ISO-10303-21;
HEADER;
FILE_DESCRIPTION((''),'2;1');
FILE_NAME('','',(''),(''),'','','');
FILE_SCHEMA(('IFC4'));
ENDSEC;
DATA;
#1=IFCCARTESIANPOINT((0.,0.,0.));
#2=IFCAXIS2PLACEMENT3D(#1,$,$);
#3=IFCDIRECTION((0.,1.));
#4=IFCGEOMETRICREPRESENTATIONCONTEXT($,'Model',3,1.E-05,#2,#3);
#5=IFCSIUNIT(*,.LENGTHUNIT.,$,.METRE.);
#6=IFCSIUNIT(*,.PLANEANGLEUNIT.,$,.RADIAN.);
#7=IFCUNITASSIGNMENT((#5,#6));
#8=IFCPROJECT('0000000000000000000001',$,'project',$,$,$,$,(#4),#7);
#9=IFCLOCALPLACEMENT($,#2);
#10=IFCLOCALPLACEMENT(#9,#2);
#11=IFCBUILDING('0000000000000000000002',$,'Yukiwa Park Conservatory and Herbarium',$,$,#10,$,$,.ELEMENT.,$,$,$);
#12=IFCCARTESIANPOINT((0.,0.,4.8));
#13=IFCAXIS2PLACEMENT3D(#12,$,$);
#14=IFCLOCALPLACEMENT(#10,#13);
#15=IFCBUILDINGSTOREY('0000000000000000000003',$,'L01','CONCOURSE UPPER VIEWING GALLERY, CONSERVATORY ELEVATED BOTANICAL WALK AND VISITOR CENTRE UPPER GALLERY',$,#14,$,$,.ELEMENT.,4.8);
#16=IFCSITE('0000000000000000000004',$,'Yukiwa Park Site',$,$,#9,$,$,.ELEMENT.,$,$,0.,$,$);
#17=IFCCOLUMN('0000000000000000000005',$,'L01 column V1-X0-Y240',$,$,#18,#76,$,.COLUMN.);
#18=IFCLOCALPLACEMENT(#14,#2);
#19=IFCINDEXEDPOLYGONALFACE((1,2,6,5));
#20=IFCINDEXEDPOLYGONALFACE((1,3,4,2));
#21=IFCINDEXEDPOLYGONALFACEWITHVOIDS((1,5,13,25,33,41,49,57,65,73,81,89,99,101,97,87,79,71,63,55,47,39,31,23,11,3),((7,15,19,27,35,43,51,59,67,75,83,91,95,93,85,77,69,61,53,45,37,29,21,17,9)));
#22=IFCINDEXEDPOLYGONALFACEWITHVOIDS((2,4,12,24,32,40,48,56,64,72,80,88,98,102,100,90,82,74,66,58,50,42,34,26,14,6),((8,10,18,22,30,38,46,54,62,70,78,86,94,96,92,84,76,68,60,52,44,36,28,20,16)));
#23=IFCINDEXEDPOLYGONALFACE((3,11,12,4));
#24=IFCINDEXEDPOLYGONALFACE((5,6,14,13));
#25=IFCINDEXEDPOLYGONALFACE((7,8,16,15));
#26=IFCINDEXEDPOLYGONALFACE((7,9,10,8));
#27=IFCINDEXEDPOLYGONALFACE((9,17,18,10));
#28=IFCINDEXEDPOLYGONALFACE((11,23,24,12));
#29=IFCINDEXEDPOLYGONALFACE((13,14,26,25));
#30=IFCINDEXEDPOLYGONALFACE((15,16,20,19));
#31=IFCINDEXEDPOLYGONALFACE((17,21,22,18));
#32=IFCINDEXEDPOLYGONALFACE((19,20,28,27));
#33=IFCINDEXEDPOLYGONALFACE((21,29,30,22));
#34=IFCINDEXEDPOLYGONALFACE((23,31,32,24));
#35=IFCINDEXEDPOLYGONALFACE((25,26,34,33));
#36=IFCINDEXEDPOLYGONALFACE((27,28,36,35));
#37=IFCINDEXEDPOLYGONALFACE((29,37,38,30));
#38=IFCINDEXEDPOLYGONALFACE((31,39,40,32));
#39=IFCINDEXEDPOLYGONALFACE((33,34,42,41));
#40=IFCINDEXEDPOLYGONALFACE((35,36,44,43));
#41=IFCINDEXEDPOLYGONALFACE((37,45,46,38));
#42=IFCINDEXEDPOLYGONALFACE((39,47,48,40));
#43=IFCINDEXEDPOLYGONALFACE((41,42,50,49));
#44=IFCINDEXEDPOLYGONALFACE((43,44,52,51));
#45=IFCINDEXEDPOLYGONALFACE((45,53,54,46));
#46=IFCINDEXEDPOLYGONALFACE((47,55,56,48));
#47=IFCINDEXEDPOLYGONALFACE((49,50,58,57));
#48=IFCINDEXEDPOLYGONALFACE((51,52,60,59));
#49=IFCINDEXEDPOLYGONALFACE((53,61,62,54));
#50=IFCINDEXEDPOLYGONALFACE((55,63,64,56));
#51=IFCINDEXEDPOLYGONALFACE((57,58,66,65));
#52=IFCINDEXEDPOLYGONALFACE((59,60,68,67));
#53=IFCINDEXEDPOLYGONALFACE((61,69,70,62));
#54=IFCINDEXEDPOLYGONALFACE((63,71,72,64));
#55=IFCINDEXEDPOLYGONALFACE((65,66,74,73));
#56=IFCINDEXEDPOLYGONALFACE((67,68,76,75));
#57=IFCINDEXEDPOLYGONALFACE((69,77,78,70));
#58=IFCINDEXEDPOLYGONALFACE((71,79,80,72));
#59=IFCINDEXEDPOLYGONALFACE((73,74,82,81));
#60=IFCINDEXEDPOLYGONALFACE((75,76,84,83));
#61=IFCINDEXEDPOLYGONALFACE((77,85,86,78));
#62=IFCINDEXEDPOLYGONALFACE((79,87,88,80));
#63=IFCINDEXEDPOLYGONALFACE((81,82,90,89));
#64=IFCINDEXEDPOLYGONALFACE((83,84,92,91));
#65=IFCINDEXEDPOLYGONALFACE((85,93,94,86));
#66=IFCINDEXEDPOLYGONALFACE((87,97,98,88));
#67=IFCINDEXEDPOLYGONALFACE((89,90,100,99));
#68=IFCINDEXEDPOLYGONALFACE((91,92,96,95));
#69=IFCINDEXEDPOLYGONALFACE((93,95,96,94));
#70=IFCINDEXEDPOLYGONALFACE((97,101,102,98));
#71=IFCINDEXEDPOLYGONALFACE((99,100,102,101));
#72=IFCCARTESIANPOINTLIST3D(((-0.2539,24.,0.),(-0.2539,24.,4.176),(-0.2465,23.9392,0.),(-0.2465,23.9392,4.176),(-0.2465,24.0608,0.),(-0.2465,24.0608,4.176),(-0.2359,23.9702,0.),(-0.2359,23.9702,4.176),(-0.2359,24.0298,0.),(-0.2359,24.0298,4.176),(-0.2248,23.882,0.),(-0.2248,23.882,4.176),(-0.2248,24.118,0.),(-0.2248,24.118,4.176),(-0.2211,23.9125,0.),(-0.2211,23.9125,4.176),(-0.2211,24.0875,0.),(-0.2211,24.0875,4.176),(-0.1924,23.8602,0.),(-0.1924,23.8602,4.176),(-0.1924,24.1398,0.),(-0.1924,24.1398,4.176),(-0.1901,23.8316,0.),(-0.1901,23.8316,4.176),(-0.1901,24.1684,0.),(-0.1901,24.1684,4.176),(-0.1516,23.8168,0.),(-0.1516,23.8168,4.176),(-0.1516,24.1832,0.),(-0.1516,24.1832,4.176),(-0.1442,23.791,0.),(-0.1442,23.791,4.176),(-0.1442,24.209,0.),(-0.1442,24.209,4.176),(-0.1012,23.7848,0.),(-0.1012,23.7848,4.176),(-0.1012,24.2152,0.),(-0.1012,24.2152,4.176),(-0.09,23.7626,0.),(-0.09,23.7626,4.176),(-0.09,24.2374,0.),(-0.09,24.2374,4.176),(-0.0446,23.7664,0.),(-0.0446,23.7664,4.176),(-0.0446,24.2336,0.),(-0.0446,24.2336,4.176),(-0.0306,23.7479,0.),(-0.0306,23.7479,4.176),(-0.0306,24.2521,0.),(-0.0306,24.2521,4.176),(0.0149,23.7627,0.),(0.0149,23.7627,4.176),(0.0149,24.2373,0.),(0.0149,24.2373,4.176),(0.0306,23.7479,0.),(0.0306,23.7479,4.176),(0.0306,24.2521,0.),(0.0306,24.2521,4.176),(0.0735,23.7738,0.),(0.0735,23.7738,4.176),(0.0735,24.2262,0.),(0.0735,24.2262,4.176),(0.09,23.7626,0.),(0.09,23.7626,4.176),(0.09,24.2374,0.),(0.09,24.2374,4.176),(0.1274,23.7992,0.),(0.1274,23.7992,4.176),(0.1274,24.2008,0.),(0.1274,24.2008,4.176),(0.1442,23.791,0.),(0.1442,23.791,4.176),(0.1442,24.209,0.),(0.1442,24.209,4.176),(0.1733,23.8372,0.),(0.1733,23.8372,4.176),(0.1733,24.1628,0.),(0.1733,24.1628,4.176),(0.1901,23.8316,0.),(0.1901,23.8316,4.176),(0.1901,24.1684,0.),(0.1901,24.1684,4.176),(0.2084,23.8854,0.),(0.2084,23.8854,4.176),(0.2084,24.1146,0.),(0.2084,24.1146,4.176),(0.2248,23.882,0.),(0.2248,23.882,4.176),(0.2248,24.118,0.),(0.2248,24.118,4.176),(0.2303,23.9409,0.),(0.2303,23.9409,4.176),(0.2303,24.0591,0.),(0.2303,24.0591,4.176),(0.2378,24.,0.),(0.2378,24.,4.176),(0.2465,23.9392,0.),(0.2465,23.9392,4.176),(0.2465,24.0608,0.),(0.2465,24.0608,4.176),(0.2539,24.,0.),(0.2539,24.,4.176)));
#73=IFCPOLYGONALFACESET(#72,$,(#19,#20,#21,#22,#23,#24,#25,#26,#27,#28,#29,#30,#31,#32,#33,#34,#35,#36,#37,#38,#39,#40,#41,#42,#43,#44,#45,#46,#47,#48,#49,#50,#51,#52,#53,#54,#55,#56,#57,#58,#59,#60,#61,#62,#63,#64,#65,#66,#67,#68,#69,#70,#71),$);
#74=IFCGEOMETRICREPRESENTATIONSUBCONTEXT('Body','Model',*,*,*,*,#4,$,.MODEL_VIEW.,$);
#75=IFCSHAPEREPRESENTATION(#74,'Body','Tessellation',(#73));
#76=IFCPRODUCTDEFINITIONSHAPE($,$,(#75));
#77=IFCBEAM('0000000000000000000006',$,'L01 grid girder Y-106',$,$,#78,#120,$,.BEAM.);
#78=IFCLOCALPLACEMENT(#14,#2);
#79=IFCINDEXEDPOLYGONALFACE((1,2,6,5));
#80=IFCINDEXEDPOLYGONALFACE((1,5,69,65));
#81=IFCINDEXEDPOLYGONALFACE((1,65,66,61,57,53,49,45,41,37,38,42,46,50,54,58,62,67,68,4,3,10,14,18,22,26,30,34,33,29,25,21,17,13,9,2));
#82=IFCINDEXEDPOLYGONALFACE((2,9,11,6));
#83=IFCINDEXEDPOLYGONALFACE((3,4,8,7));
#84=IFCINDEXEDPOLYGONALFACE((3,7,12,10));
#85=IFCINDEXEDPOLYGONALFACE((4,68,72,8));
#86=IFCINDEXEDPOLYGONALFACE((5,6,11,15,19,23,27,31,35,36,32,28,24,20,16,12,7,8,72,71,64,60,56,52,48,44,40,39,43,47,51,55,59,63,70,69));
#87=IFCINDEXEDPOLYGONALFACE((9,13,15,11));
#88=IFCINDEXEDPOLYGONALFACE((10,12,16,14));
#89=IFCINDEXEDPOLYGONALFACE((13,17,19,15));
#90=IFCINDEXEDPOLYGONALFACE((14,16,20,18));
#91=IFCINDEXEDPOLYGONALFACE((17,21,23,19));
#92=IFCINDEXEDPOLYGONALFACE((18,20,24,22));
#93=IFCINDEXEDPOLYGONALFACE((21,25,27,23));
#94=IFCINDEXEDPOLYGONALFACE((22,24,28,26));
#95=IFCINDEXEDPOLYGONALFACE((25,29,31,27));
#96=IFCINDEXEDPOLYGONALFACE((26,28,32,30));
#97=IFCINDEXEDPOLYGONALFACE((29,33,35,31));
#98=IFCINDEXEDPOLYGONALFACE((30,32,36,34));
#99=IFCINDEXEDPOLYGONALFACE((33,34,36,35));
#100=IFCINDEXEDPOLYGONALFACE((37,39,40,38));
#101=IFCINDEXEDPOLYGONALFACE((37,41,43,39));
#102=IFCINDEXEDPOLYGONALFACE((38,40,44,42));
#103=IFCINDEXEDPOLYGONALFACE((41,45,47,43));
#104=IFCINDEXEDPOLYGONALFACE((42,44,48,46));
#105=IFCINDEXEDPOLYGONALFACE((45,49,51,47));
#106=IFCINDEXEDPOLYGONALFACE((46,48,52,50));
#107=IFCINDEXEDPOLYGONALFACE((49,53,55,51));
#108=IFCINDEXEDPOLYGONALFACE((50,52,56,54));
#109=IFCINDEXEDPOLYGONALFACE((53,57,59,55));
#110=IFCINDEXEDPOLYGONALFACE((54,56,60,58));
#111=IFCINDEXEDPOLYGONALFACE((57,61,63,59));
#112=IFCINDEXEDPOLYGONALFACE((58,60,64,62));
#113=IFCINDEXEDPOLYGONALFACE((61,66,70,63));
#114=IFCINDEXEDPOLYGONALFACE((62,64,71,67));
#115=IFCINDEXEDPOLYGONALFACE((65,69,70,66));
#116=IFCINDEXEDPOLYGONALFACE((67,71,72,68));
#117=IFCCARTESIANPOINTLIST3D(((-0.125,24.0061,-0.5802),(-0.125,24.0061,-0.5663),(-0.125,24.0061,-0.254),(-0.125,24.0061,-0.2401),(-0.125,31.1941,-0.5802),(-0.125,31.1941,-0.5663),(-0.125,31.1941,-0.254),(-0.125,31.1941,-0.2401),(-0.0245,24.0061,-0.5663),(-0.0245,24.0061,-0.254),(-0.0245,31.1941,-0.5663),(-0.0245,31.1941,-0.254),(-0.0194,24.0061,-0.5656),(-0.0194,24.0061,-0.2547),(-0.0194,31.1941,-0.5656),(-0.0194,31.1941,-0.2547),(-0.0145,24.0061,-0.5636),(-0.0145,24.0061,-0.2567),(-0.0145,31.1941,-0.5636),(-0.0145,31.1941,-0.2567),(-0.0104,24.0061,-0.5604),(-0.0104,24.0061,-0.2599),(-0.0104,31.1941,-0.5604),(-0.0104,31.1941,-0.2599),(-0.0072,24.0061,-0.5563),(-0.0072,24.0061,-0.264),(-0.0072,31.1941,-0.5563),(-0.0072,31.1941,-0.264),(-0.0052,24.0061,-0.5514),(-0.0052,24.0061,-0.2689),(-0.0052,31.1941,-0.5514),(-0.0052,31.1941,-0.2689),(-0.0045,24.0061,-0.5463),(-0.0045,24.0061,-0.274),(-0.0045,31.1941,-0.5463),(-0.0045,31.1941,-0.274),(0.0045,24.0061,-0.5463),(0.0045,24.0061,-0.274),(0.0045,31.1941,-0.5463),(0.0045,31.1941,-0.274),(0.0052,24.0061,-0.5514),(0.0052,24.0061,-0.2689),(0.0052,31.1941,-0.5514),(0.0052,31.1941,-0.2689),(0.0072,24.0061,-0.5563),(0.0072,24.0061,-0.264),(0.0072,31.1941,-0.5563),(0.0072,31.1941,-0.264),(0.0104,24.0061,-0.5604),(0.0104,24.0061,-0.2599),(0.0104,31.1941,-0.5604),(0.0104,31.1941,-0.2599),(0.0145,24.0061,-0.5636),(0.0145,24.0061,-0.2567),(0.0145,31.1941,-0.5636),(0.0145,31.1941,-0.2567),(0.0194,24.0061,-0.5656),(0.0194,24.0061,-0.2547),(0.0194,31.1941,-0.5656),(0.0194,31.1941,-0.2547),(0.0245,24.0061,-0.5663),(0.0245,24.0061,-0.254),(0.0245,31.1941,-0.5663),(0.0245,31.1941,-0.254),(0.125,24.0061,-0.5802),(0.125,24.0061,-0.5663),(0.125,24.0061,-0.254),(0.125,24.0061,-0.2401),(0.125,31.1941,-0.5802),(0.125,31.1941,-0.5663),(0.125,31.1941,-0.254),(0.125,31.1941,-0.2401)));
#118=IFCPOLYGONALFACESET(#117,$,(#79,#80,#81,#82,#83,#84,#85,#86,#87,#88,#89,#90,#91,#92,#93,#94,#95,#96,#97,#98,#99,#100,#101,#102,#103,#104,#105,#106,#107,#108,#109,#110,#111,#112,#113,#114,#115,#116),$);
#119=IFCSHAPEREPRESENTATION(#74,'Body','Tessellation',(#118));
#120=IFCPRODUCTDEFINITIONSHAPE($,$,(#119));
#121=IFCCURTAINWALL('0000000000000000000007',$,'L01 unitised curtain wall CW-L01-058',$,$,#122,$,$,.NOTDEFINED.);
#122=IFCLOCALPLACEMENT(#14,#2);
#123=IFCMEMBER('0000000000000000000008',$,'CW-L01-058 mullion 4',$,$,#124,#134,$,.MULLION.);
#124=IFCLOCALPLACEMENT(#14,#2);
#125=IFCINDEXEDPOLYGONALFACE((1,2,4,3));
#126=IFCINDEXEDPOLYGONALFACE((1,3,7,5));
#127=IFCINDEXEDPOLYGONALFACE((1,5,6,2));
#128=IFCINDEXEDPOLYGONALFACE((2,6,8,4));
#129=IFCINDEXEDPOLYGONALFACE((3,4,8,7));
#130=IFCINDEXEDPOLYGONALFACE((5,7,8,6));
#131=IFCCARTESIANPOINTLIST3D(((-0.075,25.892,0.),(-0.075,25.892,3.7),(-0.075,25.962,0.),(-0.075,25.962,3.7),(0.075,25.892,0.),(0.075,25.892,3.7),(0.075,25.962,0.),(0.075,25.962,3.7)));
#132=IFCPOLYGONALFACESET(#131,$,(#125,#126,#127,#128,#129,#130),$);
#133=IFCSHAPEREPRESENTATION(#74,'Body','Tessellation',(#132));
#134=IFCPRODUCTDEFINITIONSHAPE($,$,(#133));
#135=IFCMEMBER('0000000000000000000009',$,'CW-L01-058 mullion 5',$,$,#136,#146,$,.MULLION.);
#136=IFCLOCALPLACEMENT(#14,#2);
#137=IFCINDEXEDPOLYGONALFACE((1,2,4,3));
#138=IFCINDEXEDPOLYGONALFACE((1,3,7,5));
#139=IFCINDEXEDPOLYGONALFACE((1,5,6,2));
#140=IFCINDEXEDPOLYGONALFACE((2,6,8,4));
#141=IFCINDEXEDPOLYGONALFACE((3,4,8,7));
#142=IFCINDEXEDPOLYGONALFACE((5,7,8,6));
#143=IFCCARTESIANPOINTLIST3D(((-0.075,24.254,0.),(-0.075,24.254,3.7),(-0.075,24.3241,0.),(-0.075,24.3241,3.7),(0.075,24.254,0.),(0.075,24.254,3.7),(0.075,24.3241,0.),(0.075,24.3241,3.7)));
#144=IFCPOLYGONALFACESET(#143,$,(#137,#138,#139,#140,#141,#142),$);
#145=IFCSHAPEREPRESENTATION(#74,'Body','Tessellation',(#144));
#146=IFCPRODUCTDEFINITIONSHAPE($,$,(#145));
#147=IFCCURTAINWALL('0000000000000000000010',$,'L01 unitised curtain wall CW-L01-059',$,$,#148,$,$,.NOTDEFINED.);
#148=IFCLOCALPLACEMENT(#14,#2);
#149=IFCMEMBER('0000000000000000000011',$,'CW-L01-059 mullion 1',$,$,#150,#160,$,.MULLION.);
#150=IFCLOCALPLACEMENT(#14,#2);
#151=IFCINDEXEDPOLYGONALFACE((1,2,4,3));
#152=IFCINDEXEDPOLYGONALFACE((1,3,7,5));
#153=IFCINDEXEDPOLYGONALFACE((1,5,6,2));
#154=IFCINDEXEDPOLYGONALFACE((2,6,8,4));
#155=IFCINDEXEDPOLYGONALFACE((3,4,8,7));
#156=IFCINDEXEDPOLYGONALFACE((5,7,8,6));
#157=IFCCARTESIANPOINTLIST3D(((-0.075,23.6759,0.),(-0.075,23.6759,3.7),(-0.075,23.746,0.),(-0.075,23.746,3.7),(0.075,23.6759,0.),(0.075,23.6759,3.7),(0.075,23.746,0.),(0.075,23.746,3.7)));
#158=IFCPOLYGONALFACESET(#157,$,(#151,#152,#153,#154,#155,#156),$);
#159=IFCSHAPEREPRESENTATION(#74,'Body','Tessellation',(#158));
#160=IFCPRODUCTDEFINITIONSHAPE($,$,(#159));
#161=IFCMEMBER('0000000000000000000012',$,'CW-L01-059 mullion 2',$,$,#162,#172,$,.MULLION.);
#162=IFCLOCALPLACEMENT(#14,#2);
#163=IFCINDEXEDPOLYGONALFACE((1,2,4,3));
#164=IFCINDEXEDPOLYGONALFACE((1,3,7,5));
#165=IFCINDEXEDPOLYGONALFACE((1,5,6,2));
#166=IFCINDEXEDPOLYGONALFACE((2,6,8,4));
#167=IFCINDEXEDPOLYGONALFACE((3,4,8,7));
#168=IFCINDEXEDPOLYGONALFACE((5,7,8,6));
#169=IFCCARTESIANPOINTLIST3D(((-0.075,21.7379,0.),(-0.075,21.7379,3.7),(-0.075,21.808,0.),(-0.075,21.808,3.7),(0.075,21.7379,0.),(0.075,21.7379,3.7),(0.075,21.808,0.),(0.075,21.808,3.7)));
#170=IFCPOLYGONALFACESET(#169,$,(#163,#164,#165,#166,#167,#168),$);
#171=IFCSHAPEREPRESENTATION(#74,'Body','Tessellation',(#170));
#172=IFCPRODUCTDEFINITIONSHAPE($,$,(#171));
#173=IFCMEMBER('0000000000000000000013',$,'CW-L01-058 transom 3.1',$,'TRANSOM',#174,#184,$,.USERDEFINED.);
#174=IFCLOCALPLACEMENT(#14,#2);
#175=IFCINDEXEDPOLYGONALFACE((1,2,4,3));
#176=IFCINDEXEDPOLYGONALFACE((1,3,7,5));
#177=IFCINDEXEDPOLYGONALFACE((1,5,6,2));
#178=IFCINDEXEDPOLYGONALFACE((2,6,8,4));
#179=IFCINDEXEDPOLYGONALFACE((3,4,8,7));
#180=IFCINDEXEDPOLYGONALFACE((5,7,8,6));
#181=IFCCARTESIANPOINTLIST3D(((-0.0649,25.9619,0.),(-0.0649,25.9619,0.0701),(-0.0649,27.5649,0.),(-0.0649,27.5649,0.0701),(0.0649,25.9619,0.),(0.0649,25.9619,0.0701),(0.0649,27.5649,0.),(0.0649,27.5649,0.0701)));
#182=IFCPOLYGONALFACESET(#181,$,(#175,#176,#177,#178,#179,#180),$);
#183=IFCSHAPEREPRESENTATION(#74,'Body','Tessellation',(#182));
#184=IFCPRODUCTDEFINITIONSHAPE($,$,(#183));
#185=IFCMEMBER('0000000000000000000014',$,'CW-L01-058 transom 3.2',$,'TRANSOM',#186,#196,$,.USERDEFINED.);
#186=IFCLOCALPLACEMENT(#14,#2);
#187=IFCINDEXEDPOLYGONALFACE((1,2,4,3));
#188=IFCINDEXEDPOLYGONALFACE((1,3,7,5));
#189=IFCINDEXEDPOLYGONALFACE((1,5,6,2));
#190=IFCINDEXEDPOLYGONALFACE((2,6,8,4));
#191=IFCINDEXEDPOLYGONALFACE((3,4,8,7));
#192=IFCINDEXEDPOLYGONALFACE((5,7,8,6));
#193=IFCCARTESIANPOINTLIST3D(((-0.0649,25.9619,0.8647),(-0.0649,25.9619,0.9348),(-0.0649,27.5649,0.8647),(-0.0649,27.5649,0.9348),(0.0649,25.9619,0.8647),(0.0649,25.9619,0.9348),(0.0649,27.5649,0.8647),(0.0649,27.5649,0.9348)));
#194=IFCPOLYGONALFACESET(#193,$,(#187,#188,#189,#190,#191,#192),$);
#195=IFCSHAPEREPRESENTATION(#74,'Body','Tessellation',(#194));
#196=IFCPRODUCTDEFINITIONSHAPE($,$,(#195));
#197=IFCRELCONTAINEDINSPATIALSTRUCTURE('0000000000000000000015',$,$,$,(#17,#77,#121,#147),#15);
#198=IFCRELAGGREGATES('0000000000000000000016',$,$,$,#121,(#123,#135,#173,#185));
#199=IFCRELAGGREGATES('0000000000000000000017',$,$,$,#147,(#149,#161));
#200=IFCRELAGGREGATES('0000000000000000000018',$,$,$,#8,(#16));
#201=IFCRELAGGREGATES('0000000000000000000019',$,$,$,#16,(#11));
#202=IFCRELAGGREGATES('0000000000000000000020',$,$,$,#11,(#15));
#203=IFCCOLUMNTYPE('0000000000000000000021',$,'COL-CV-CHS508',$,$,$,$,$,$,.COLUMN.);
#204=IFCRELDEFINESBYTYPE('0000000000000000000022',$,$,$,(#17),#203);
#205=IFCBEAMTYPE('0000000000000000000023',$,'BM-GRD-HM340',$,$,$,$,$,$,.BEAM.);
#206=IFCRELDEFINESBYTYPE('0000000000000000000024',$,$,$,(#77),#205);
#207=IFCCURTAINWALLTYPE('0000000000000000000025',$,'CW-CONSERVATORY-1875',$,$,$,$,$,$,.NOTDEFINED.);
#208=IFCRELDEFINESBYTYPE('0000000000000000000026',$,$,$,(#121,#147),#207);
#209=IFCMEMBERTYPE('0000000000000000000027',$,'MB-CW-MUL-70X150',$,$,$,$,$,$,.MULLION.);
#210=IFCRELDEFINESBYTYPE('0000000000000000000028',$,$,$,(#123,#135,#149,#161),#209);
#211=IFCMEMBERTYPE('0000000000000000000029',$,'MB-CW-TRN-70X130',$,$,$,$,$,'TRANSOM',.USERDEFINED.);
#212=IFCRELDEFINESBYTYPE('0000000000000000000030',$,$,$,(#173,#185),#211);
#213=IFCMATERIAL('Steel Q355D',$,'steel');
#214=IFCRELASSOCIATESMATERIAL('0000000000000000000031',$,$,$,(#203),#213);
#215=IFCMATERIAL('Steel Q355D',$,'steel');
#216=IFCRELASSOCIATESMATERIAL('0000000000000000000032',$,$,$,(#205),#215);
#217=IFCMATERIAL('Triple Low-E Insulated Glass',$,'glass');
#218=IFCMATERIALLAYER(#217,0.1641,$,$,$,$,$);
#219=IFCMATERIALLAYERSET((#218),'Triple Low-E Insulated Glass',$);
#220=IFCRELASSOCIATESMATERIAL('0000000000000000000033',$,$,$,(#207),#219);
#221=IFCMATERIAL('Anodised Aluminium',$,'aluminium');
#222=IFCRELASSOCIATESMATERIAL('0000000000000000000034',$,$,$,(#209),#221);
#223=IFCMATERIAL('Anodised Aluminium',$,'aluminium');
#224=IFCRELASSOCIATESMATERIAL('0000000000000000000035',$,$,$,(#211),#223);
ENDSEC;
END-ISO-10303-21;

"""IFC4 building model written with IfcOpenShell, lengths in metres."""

from ifc_helpers import new_model, si_unit, direction, frame, origin, origin_2d, place, context, subcontext, project, spatial, rectangle, hollow_circle, i_section, extrude, material, layer, layer_set, material_profile, profile_set, type_object, element, aggregate, save


model = new_model("IFC4")

# Units and contexts
model_context = context("Model", 3, precision=1e-05, world=origin(), true_north=direction((0.0, 1.0)))
body_context = subcontext(model_context, "Body", "Model", "MODEL_VIEW")
ifc_project = project(units=[si_unit("LENGTHUNIT", "METRE"), si_unit("PLANEANGLEUNIT", "RADIAN")], contexts=[model_context])

# Site, building, storey
site_placement = place(None, origin())
site = spatial("IfcSite", under=ifc_project, at=site_placement, Name="Yukiwa Park Site", CompositionType="ELEMENT", RefElevation=0.0)
building_placement = place(site_placement, origin())
building = spatial("IfcBuilding", under=site, at=building_placement, Name="Yukiwa Park Conservatory and Herbarium", CompositionType="ELEMENT")
storey_placement = place(building_placement, frame((0.0, 0.0, 4.8)))
storey = spatial("IfcBuildingStorey", under=building, at=storey_placement, Name="L01", Description="CONCOURSE UPPER VIEWING GALLERY, CONSERVATORY ELEVATED BOTANICAL WALK AND VISITOR CENTRE UPPER GALLERY", CompositionType="ELEMENT", Elevation=4.8)

# Column
ifc_material_1 = material(Name="Steel Q355D", Category="steel")
ifc_material_profile_1 = material_profile(ifc_material_1, hollow_circle(Radius=0.2539, WallThickness=0.0161, at=origin_2d()), Name="CHS 508x16")
ifc_profile_set_1 = profile_set([ifc_material_profile_1], Name="Steel Q355D")
column_type = type_object("IfcColumnType", Name="COL-CV-CHS508", PredefinedType="COLUMN", material=ifc_profile_set_1)
column_placement = place(storey_placement, frame((0.0, 24.0, 0.0), z_axis=(0.0, 0.0, 1.0), x_axis=(1.0, 0.0, 0.0)))
element("IfcColumn", 1, at=column_placement, inside=storey, type_object=column_type, Name="L01 column V1-X0-Y240", PredefinedType="COLUMN", context=body_context, shape_type="SweptSolid", body=[
    extrude(hollow_circle(Radius=0.2539, WallThickness=0.0161, at=origin_2d()), origin(), (0.0, 0.0, 1.0), 4.176),
])

# Beam
ifc_material_2 = material(Name="Steel Q355D", Category="steel")
ifc_material_profile_2 = material_profile(ifc_material_2, i_section(OverallWidth=0.25, OverallDepth=0.3401, WebThickness=0.009, FlangeThickness=0.0139, FilletRadius=0.02, at=origin_2d()), Name="HM 340x250x9x14")
ifc_profile_set_2 = profile_set([ifc_material_profile_2], Name="Steel Q355D")
beam_type = type_object("IfcBeamType", Name="BM-GRD-HM340", PredefinedType="BEAM", material=ifc_profile_set_2)
beam_placement = place(storey_placement, frame((0.0, 24.0061, -0.4102), z_axis=(0.0, 1.0, 0.0), x_axis=(-1.0, 0.0, 0.0)))
element("IfcBeam", 2, at=beam_placement, inside=storey, type_object=beam_type, Name="L01 grid girder Y-106", PredefinedType="BEAM", context=body_context, shape_type="SweptSolid", body=[
    extrude(i_section(OverallWidth=0.25, OverallDepth=0.3401, WebThickness=0.009, FlangeThickness=0.0139, FilletRadius=0.02, at=origin_2d()), origin(), (0.0, 0.0, 1.0), 7.188),
])

# Curtain walls, members
ifc_material_3 = material(Name="Triple Low-E Insulated Glass", Category="glass")
ifc_layer_1 = layer(ifc_material_3, 0.1641)
ifc_layer_set_1 = layer_set([ifc_layer_1], Name="Triple Low-E Insulated Glass")
curtain_wall_type = type_object("IfcCurtainWallType", Name="CW-CONSERVATORY-1875", PredefinedType="NOTDEFINED", material=ifc_layer_set_1)
curtain_wall_1_placement = place(storey_placement, origin())
curtain_wall_1 = element("IfcCurtainWall", 3, at=curtain_wall_1_placement, inside=storey, type_object=curtain_wall_type, Name="L01 unitised curtain wall CW-L01-058", PredefinedType="NOTDEFINED")
ifc_material_4 = material(Name="Anodised Aluminium", Category="aluminium")
member_type_1 = type_object("IfcMemberType", Name="MB-CW-MUL-70X150", PredefinedType="MULLION", material=ifc_material_4)
member_1_placement = place(storey_placement, frame((0.0, 25.927, 0.0), z_axis=(0.0, 0.0, 1.0), x_axis=(0.0, -1.0, 0.0)))
member_1 = element("IfcMember", 4, at=member_1_placement, type_object=member_type_1, Name="CW-L01-058 mullion 4", PredefinedType="MULLION", context=body_context, shape_type="SweptSolid", body=[
    extrude(rectangle(XDim=0.0701, YDim=0.1499, at=origin_2d()), origin(), (0.0, 0.0, 1.0), 3.7),
])
member_2_placement = place(storey_placement, frame((0.0, 24.2891, 0.0), z_axis=(0.0, 0.0, 1.0), x_axis=(0.0, -1.0, 0.0)))
member_2 = element("IfcMember", 5, at=member_2_placement, type_object=member_type_1, Name="CW-L01-058 mullion 5", PredefinedType="MULLION", context=body_context, shape_type="SweptSolid", body=[
    extrude(rectangle(XDim=0.0701, YDim=0.1499, at=origin_2d()), origin(), (0.0, 0.0, 1.0), 3.7),
])
curtain_wall_2_placement = place(storey_placement, origin())
curtain_wall_2 = element("IfcCurtainWall", 6, at=curtain_wall_2_placement, inside=storey, type_object=curtain_wall_type, Name="L01 unitised curtain wall CW-L01-059", PredefinedType="NOTDEFINED")
member_3_placement = place(storey_placement, frame((0.0, 23.7109, 0.0), z_axis=(0.0, 0.0, 1.0), x_axis=(0.0, -1.0, 0.0)))
member_3 = element("IfcMember", 7, at=member_3_placement, type_object=member_type_1, Name="CW-L01-059 mullion 1", PredefinedType="MULLION", context=body_context, shape_type="SweptSolid", body=[
    extrude(rectangle(XDim=0.0701, YDim=0.1499, at=origin_2d()), origin(), (0.0, 0.0, 1.0), 3.7),
])
member_4_placement = place(storey_placement, frame((0.0, 21.7729, 0.0), z_axis=(0.0, 0.0, 1.0), x_axis=(0.0, -1.0, 0.0)))
member_4 = element("IfcMember", 8, at=member_4_placement, type_object=member_type_1, Name="CW-L01-059 mullion 2", PredefinedType="MULLION", context=body_context, shape_type="SweptSolid", body=[
    extrude(rectangle(XDim=0.0701, YDim=0.1499, at=origin_2d()), origin(), (0.0, 0.0, 1.0), 3.7),
])

# Members
ifc_material_5 = material(Name="Anodised Aluminium", Category="aluminium")
member_type_2 = type_object("IfcMemberType", Name="MB-CW-TRN-70X130", ElementType="TRANSOM", PredefinedType="USERDEFINED", material=ifc_material_5)
member_5_placement = place(storey_placement, frame((0.0, 26.7634, 0.0), z_axis=(0.0, 0.0, 1.0), x_axis=(0.0, -1.0, 0.0)))
member_5 = element("IfcMember", 9, at=member_5_placement, type_object=member_type_2, Name="CW-L01-058 transom 3.1", ObjectType="TRANSOM", PredefinedType="USERDEFINED", context=body_context, shape_type="SweptSolid", body=[
    extrude(rectangle(XDim=1.603, YDim=0.1299, at=origin_2d()), origin(), (0.0, 0.0, 1.0), 0.0701),
])
member_6_placement = place(storey_placement, frame((0.0, 26.7634, 0.8647), z_axis=(0.0, 0.0, 1.0), x_axis=(0.0, -1.0, 0.0)))
member_6 = element("IfcMember", 10, at=member_6_placement, type_object=member_type_2, Name="CW-L01-058 transom 3.2", ObjectType="TRANSOM", PredefinedType="USERDEFINED", context=body_context, shape_type="SweptSolid", body=[
    extrude(rectangle(XDim=1.603, YDim=0.1299, at=origin_2d()), origin(), (0.0, 0.0, 1.0), 0.0701),
])

aggregate(curtain_wall_1, [member_1, member_2, member_5, member_6])
aggregate(curtain_wall_2, [member_3, member_4])

save(model, "model.ifc")
